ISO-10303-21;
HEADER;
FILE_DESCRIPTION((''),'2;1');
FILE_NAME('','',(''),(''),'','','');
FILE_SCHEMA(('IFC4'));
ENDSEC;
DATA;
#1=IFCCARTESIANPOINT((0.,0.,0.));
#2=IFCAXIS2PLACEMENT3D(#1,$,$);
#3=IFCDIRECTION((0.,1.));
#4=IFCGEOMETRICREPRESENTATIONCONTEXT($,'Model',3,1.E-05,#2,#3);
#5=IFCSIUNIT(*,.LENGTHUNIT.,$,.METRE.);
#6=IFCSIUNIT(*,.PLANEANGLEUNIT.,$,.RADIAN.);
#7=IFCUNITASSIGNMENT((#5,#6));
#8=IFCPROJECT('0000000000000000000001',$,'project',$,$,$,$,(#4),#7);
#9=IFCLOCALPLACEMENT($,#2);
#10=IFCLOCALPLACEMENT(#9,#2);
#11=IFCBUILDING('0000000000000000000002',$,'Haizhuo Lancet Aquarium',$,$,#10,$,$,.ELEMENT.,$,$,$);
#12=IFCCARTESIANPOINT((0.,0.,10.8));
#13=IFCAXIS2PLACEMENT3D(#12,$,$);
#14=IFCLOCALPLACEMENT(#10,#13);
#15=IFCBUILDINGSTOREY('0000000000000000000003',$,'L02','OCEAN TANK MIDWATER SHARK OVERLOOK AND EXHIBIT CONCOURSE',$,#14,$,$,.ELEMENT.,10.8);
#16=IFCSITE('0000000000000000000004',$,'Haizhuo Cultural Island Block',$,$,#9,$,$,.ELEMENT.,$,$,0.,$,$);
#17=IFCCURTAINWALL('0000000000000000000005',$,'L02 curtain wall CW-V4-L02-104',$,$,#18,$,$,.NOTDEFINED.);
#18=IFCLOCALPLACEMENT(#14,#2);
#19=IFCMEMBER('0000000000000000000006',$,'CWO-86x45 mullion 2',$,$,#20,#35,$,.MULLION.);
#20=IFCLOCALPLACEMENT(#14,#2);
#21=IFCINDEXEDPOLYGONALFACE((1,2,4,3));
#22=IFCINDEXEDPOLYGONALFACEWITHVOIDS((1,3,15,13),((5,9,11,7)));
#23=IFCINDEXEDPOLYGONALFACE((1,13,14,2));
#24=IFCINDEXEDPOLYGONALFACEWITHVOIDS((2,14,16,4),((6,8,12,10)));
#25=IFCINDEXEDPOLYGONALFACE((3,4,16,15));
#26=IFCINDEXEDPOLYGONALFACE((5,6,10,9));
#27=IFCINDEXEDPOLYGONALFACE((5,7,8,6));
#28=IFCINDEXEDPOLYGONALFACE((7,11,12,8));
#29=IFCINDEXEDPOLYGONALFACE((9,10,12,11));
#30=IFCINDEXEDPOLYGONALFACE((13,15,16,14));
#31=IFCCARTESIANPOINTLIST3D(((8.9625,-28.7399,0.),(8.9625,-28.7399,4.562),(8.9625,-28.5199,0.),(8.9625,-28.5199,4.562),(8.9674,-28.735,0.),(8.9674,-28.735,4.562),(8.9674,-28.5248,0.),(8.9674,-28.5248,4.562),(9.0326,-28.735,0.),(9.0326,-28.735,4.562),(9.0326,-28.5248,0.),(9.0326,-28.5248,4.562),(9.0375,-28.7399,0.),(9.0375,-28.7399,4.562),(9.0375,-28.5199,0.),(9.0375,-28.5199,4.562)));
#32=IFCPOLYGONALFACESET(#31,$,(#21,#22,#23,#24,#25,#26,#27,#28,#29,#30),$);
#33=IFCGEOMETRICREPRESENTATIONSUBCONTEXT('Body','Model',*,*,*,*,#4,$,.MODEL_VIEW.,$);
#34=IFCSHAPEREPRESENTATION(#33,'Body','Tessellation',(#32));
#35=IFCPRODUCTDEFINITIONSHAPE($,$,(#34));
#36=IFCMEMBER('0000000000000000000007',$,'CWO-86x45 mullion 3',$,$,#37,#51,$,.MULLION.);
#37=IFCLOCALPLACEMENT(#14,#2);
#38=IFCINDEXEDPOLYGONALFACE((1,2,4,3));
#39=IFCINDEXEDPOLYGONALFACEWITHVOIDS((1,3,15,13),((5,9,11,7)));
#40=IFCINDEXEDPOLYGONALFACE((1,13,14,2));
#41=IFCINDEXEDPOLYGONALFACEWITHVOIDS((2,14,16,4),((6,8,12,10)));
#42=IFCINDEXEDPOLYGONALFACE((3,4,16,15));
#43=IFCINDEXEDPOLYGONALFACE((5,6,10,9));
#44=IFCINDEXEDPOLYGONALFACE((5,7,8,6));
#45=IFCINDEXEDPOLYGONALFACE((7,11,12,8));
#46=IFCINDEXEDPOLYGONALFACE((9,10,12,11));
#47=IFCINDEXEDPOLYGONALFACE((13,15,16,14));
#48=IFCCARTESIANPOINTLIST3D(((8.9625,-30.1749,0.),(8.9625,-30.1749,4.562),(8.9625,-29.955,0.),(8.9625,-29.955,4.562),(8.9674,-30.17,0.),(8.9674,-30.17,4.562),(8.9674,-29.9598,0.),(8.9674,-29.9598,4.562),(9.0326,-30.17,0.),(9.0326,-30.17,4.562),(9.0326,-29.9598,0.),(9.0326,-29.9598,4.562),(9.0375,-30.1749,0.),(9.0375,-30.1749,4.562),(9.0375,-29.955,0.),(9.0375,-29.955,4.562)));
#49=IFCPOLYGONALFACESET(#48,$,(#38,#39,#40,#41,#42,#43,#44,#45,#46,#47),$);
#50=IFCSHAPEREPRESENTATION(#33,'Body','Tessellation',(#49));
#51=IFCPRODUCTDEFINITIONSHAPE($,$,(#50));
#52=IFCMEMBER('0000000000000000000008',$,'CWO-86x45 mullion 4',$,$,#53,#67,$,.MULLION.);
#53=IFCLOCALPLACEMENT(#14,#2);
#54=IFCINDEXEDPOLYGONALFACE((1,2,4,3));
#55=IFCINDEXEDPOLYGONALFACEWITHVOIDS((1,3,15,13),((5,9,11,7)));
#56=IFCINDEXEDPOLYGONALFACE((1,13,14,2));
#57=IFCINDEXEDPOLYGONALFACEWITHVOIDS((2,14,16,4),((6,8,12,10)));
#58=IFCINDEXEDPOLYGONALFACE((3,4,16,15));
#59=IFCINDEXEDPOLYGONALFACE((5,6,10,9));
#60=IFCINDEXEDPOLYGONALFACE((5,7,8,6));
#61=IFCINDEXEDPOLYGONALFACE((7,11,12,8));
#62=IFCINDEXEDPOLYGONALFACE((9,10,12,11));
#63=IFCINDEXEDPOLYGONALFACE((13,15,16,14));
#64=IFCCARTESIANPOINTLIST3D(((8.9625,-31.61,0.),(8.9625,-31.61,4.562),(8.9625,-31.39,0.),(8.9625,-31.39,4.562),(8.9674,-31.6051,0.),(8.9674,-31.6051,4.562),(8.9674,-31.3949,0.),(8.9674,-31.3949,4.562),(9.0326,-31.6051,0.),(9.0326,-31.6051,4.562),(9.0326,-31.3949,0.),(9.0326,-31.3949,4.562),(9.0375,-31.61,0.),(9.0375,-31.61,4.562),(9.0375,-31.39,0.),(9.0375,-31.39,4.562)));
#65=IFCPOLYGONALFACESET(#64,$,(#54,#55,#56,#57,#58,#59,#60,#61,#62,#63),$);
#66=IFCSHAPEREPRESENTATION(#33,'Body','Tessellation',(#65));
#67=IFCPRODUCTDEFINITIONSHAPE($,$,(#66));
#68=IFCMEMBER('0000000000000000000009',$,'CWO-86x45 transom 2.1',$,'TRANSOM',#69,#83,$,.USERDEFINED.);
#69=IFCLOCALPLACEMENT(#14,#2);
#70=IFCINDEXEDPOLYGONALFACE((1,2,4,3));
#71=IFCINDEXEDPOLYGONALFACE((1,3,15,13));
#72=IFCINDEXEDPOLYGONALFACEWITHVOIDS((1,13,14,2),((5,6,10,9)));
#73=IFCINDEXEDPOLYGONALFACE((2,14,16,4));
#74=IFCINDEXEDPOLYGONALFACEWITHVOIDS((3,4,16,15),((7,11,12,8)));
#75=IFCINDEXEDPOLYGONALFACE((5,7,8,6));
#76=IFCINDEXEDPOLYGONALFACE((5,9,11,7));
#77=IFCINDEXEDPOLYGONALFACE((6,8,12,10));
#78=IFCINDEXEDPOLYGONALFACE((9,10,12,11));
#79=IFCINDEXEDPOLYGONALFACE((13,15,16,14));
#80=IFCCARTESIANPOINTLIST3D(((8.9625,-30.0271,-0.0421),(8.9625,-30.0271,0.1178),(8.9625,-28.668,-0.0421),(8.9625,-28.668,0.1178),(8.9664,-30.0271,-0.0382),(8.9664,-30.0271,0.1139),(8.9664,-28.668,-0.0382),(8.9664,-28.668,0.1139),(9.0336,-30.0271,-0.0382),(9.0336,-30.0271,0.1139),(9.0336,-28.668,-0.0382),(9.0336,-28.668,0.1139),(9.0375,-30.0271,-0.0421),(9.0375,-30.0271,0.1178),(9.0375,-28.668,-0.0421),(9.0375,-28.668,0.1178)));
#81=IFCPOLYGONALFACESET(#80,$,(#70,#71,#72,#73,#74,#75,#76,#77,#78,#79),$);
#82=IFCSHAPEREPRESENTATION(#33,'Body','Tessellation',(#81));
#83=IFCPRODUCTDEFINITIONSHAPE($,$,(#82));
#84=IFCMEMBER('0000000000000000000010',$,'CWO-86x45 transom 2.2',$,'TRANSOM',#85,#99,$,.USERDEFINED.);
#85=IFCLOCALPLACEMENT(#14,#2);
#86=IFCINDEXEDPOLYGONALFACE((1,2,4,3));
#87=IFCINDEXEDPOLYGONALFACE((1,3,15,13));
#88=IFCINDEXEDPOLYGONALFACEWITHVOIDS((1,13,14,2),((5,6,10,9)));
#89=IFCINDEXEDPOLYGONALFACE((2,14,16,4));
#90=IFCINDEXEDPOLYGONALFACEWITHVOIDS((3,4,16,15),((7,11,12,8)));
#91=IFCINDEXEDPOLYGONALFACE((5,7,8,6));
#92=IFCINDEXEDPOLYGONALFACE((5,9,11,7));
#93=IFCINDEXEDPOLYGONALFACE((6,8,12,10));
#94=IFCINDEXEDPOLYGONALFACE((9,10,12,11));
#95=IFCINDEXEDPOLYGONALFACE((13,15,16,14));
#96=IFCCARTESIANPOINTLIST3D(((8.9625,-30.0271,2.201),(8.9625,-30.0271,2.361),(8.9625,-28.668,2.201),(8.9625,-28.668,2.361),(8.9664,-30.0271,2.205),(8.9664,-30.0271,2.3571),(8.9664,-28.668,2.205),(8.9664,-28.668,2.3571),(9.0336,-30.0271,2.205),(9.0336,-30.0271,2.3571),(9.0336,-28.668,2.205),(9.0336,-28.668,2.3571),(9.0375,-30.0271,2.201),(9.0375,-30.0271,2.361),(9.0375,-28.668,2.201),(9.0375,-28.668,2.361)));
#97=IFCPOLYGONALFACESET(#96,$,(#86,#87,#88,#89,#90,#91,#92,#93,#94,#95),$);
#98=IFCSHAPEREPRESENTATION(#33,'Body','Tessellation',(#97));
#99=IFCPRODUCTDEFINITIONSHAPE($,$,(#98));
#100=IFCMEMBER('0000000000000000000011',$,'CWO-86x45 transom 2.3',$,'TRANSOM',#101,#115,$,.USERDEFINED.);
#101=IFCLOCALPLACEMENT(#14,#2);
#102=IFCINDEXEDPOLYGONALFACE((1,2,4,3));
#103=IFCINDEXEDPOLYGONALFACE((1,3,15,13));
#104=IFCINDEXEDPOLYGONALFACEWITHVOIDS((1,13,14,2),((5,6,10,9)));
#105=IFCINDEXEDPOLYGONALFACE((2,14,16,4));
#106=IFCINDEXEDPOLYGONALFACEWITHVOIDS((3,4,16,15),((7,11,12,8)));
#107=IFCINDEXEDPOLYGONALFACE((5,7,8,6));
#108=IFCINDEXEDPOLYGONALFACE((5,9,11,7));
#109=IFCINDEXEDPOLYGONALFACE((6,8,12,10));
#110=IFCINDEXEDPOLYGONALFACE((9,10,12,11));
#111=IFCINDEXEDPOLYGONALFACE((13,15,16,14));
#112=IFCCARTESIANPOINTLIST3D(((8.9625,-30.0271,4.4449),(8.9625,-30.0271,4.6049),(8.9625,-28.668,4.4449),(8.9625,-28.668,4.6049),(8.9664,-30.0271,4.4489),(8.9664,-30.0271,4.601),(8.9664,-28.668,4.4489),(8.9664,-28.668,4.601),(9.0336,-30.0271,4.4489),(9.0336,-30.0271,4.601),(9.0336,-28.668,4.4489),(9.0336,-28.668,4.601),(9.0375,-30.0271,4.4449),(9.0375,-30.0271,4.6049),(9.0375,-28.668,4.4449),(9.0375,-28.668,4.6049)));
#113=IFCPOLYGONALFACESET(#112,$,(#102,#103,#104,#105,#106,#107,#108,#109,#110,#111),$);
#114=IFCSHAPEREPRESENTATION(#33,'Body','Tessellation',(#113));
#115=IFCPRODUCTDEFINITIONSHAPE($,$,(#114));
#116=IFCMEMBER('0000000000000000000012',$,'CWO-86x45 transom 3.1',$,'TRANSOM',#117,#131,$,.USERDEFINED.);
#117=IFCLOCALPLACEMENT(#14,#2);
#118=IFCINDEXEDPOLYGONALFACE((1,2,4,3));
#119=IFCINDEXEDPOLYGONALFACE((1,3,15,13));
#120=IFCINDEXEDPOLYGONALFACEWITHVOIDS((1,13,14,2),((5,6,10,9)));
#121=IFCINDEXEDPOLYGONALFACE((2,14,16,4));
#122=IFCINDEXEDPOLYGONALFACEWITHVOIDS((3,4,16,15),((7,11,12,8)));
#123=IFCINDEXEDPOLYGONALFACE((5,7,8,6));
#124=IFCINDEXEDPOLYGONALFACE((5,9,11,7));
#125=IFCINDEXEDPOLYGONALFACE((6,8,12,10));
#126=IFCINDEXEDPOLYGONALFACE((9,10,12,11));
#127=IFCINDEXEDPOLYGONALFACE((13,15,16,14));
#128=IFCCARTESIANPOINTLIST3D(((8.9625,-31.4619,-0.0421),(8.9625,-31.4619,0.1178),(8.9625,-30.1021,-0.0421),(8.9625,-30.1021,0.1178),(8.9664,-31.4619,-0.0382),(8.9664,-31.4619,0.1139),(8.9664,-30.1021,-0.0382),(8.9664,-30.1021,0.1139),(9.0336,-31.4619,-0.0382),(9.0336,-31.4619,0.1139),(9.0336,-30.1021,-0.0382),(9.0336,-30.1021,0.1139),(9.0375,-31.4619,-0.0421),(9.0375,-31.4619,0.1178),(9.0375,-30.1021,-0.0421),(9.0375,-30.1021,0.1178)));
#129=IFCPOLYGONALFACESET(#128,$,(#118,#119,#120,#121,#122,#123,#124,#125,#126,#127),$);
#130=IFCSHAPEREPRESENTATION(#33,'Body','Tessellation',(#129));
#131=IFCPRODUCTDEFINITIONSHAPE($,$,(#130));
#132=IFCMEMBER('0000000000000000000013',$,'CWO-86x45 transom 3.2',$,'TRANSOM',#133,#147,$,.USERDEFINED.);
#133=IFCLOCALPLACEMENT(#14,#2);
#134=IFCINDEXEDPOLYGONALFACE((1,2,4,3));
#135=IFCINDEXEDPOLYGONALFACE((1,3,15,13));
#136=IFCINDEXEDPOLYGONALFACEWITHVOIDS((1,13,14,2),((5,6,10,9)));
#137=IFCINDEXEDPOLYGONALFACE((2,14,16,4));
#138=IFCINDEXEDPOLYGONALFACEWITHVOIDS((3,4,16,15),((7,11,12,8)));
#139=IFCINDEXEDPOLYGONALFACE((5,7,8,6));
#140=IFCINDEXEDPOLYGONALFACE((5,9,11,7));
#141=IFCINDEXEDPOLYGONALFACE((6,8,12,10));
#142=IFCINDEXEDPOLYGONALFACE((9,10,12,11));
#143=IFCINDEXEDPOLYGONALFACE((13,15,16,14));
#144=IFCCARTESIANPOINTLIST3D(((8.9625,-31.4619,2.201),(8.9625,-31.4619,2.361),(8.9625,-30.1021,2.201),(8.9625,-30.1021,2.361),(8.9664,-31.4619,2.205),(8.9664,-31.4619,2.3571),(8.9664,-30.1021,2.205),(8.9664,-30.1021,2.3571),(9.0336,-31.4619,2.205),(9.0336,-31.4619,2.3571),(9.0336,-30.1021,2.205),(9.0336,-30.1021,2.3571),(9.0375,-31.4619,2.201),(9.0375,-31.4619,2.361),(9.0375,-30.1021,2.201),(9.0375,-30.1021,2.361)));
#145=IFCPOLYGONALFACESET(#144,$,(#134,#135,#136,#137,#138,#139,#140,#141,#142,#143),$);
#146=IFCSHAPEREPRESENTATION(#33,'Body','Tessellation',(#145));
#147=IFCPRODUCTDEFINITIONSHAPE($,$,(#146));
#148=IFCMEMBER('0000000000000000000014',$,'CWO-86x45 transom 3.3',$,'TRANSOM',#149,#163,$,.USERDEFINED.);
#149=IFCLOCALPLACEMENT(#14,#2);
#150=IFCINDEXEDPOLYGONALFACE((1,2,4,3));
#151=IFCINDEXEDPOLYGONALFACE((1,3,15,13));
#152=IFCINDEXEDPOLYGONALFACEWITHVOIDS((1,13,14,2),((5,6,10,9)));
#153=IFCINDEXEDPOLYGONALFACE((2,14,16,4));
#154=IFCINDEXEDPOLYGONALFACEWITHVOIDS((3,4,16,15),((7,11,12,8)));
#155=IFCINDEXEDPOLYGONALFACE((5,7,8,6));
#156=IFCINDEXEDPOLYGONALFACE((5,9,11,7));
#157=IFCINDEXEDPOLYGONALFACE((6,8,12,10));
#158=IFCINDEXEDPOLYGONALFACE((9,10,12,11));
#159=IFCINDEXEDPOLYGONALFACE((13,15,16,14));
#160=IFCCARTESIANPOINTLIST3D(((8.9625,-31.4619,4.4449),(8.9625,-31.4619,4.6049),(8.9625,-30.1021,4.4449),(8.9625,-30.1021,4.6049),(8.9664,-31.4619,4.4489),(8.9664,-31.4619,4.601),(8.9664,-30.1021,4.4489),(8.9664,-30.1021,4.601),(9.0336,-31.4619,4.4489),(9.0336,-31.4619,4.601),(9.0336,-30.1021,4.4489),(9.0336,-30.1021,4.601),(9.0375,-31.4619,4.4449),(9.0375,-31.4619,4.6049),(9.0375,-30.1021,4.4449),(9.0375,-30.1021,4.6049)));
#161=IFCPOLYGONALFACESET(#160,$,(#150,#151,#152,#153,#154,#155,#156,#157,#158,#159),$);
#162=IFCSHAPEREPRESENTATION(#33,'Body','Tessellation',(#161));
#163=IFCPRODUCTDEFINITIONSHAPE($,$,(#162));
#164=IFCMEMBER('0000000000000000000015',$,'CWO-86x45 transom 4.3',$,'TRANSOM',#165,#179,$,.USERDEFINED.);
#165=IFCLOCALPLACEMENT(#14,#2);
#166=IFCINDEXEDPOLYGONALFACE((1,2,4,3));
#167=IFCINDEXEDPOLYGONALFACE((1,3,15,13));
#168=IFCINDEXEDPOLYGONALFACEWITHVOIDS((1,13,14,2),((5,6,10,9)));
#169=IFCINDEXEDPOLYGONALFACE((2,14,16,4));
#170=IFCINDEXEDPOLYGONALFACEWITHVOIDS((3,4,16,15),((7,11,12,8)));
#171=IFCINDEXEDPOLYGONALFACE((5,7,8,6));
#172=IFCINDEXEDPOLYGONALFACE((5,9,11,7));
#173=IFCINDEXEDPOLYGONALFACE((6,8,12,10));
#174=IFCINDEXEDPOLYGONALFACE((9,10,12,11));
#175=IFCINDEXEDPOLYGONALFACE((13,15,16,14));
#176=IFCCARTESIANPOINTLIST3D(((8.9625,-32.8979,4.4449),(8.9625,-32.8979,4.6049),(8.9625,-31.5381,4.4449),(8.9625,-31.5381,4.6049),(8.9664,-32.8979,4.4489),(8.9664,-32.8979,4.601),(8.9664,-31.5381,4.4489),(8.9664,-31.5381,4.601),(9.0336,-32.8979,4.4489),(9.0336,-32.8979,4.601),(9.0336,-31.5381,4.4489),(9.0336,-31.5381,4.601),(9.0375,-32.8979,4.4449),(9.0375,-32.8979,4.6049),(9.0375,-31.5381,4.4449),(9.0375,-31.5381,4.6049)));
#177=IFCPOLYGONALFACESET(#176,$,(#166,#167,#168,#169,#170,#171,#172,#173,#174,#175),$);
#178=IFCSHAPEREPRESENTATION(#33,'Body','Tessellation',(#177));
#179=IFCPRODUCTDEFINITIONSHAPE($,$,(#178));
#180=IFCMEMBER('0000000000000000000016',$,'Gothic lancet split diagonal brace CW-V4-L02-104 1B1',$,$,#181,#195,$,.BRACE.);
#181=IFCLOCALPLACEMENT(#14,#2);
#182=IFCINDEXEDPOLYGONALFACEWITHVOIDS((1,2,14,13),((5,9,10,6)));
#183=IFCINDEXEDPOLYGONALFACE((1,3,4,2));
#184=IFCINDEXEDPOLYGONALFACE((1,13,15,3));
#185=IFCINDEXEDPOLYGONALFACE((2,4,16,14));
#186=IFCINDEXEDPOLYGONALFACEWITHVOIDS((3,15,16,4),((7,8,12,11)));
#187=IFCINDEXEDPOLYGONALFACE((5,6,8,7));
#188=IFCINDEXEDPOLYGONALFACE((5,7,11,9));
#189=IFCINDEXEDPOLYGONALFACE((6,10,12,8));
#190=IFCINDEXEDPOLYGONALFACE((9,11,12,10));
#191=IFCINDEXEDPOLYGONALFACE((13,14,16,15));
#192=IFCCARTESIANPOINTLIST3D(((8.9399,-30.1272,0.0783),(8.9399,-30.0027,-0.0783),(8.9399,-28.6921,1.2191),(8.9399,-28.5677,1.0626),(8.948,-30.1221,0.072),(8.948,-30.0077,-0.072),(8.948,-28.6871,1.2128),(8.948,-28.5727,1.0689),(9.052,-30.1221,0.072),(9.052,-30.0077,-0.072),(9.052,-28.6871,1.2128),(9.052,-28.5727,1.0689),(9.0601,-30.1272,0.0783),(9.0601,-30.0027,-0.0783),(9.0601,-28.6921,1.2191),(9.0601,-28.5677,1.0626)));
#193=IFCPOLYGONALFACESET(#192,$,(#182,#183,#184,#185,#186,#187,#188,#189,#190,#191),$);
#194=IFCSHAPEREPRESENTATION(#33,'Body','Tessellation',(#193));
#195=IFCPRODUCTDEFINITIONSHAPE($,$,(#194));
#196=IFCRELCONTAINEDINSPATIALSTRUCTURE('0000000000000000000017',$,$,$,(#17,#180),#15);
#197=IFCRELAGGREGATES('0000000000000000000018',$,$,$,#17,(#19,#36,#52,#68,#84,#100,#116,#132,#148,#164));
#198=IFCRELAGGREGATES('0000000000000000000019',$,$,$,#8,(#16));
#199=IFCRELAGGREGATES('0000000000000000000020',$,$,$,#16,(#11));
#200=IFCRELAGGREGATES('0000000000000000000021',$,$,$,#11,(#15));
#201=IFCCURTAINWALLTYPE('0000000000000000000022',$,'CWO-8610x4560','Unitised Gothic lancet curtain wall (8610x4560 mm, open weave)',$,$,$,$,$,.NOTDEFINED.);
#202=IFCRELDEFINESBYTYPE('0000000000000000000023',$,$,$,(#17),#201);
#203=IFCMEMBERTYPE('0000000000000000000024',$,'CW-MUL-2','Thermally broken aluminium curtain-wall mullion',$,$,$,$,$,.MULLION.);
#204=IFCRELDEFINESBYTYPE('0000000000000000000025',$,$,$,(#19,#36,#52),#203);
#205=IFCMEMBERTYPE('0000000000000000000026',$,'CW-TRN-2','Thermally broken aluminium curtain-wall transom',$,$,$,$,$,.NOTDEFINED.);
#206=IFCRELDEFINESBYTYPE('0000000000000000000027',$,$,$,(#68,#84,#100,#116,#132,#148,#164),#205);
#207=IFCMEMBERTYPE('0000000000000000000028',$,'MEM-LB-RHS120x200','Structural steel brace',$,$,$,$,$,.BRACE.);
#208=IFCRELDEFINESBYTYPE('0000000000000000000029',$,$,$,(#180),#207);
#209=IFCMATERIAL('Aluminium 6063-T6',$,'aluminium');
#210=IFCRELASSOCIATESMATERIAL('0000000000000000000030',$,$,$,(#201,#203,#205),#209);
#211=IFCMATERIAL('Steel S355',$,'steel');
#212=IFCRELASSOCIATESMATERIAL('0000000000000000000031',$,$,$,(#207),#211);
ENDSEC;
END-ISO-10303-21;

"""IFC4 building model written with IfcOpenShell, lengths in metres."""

from ifc_helpers import new_model, si_unit, direction, frame, origin, origin_2d, place, context, subcontext, project, spatial, hollow_rectangle, extrude, material, material_profile, profile_set, type_object, element, aggregate, save


model = new_model("IFC4")

# Units and contexts
model_context = context("Model", 3, precision=1e-05, world=origin(), true_north=direction((0.0, 1.0)))
body_context = subcontext(model_context, "Body", "Model", "MODEL_VIEW")
ifc_project = project(units=[si_unit("LENGTHUNIT", "METRE"), si_unit("PLANEANGLEUNIT", "RADIAN")], contexts=[model_context])

# Site, building, storey
site_placement = place(None, origin())
site = spatial("IfcSite", under=ifc_project, at=site_placement, Name="Haizhuo Cultural Island Block", CompositionType="ELEMENT", RefElevation=0.0)
building_placement = place(site_placement, origin())
building = spatial("IfcBuilding", under=site, at=building_placement, Name="Haizhuo Lancet Aquarium", CompositionType="ELEMENT")
storey_placement = place(building_placement, frame((0.0, 0.0, 10.8)))
storey = spatial("IfcBuildingStorey", under=building, at=storey_placement, Name="L02", Description="OCEAN TANK MIDWATER SHARK OVERLOOK AND EXHIBIT CONCOURSE", CompositionType="ELEMENT", Elevation=10.8)

# Curtain wall, members
ifc_material_1 = material(Name="Aluminium 6063-T6", Category="aluminium")
curtain_wall_type = type_object("IfcCurtainWallType", Name="CWO-8610x4560", Description="Unitised Gothic lancet curtain wall (8610x4560 mm, open weave)", PredefinedType="NOTDEFINED", material=ifc_material_1)
curtain_wall_placement = place(storey_placement, origin())
curtain_wall = element("IfcCurtainWall", 1, at=curtain_wall_placement, inside=storey, type_object=curtain_wall_type, Name="L02 curtain wall CW-V4-L02-104", PredefinedType="NOTDEFINED")
ifc_material_profile_1 = material_profile(ifc_material_1, hollow_rectangle(XDim=0.075, YDim=0.22, WallThickness=0.0049, at=origin_2d()), Name="ALU-M 75x220x5")
ifc_profile_set_1 = profile_set([ifc_material_profile_1], Name="Aluminium 6063-T6")
member_type_1 = type_object("IfcMemberType", Name="CW-MUL-2", Description="Thermally broken aluminium curtain-wall mullion", PredefinedType="MULLION", material=ifc_profile_set_1)
member_1_placement = place(storey_placement, frame((9.0, -28.6299, 0.0), z_axis=(0.0, 0.0, 1.0), x_axis=(1.0, 0.0, 0.0)))
member_1 = element("IfcMember", 2, at=member_1_placement, type_object=member_type_1, Name="CWO-86x45 mullion 2", PredefinedType="MULLION", context=body_context, shape_type="SweptSolid", body=[
    extrude(hollow_rectangle(XDim=0.075, YDim=0.22, WallThickness=0.0049, at=origin_2d()), origin(), (0.0, 0.0, 1.0), 4.562),
])
member_2_placement = place(storey_placement, frame((9.0, -30.0649, 0.0), z_axis=(0.0, 0.0, 1.0), x_axis=(1.0, 0.0, 0.0)))
member_2 = element("IfcMember", 3, at=member_2_placement, type_object=member_type_1, Name="CWO-86x45 mullion 3", PredefinedType="MULLION", context=body_context, shape_type="SweptSolid", body=[
    extrude(hollow_rectangle(XDim=0.075, YDim=0.22, WallThickness=0.0049, at=origin_2d()), origin(), (0.0, 0.0, 1.0), 4.562),
])
member_3_placement = place(storey_placement, frame((9.0, -31.5, 0.0), z_axis=(0.0, 0.0, 1.0), x_axis=(1.0, 0.0, 0.0)))
member_3 = element("IfcMember", 4, at=member_3_placement, type_object=member_type_1, Name="CWO-86x45 mullion 4", PredefinedType="MULLION", context=body_context, shape_type="SweptSolid", body=[
    extrude(hollow_rectangle(XDim=0.075, YDim=0.22, WallThickness=0.0049, at=origin_2d()), origin(), (0.0, 0.0, 1.0), 4.562),
])
ifc_material_profile_2 = material_profile(ifc_material_1, hollow_rectangle(XDim=0.075, YDim=0.1599, WallThickness=0.0039, at=origin_2d()), Name="ALU-T 75x160x4")
ifc_profile_set_2 = profile_set([ifc_material_profile_2], Name="Aluminium 6063-T6")
member_type_2 = type_object("IfcMemberType", Name="CW-TRN-2", Description="Thermally broken aluminium curtain-wall transom", PredefinedType="NOTDEFINED", material=ifc_profile_set_2)
member_4_placement = place(storey_placement, frame((9.0, -28.668, 0.0378), z_axis=(0.0, -1.0, 0.0), x_axis=(1.0, 0.0, 0.0)))
member_4 = element("IfcMember", 5, at=member_4_placement, type_object=member_type_2, Name="CWO-86x45 transom 2.1", ObjectType="TRANSOM", PredefinedType="USERDEFINED", context=body_context, shape_type="SweptSolid", body=[
    extrude(hollow_rectangle(XDim=0.075, YDim=0.1599, WallThickness=0.0039, at=origin_2d()), origin(), (0.0, 0.0, 1.0), 1.3591),
])
member_5_placement = place(storey_placement, frame((9.0, -28.668, 2.281), z_axis=(0.0, -1.0, 0.0), x_axis=(1.0, 0.0, 0.0)))
member_5 = element("IfcMember", 6, at=member_5_placement, type_object=member_type_2, Name="CWO-86x45 transom 2.2", ObjectType="TRANSOM", PredefinedType="USERDEFINED", context=body_context, shape_type="SweptSolid", body=[
    extrude(hollow_rectangle(XDim=0.075, YDim=0.1599, WallThickness=0.0039, at=origin_2d()), origin(), (0.0, 0.0, 1.0), 1.3591),
])
member_6_placement = place(storey_placement, frame((9.0, -28.668, 4.5249), z_axis=(0.0, -1.0, 0.0), x_axis=(1.0, 0.0, 0.0)))
member_6 = element("IfcMember", 7, at=member_6_placement, type_object=member_type_2, Name="CWO-86x45 transom 2.3", ObjectType="TRANSOM", PredefinedType="USERDEFINED", context=body_context, shape_type="SweptSolid", body=[
    extrude(hollow_rectangle(XDim=0.075, YDim=0.1599, WallThickness=0.0039, at=origin_2d()), origin(), (0.0, 0.0, 1.0), 1.3591),
])
member_7_placement = place(storey_placement, frame((9.0, -30.1021, 0.0378), z_axis=(0.0, -1.0, 0.0), x_axis=(1.0, 0.0, 0.0)))
member_7 = element("IfcMember", 8, at=member_7_placement, type_object=member_type_2, Name="CWO-86x45 transom 3.1", ObjectType="TRANSOM", PredefinedType="USERDEFINED", context=body_context, shape_type="SweptSolid", body=[
    extrude(hollow_rectangle(XDim=0.075, YDim=0.1599, WallThickness=0.0039, at=origin_2d()), origin(), (0.0, 0.0, 1.0), 1.3599),
])
member_8_placement = place(storey_placement, frame((9.0, -30.1021, 2.281), z_axis=(0.0, -1.0, 0.0), x_axis=(1.0, 0.0, 0.0)))
member_8 = element("IfcMember", 9, at=member_8_placement, type_object=member_type_2, Name="CWO-86x45 transom 3.2", ObjectType="TRANSOM", PredefinedType="USERDEFINED", context=body_context, shape_type="SweptSolid", body=[
    extrude(hollow_rectangle(XDim=0.075, YDim=0.1599, WallThickness=0.0039, at=origin_2d()), origin(), (0.0, 0.0, 1.0), 1.3599),
])
member_9_placement = place(storey_placement, frame((9.0, -30.1021, 4.5249), z_axis=(0.0, -1.0, 0.0), x_axis=(1.0, 0.0, 0.0)))
member_9 = element("IfcMember", 10, at=member_9_placement, type_object=member_type_2, Name="CWO-86x45 transom 3.3", ObjectType="TRANSOM", PredefinedType="USERDEFINED", context=body_context, shape_type="SweptSolid", body=[
    extrude(hollow_rectangle(XDim=0.075, YDim=0.1599, WallThickness=0.0039, at=origin_2d()), origin(), (0.0, 0.0, 1.0), 1.3599),
])
member_10_placement = place(storey_placement, frame((9.0, -31.5381, 4.5249), z_axis=(0.0, -1.0, 0.0), x_axis=(1.0, 0.0, 0.0)))
member_10 = element("IfcMember", 11, at=member_10_placement, type_object=member_type_2, Name="CWO-86x45 transom 4.3", ObjectType="TRANSOM", PredefinedType="USERDEFINED", context=body_context, shape_type="SweptSolid", body=[
    extrude(hollow_rectangle(XDim=0.075, YDim=0.1599, WallThickness=0.0039, at=origin_2d()), origin(), (0.0, 0.0, 1.0), 1.3599),
])

# Member
ifc_material_2 = material(Name="Steel S355", Category="steel")
ifc_material_profile_3 = material_profile(ifc_material_2, hollow_rectangle(XDim=0.1201, YDim=0.2, WallThickness=0.0081, at=origin_2d()), Name="RHS 120x200x8")
ifc_profile_set_3 = profile_set([ifc_material_profile_3], Name="Steel S355")
member_type_3 = type_object("IfcMemberType", Name="MEM-LB-RHS120x200", Description="Structural steel brace", PredefinedType="BRACE", material=ifc_profile_set_3)
member_11_placement = place(storey_placement, frame((9.0, -30.0649, 0.0), z_axis=(0.0, 0.782775, 0.622305), x_axis=(-1.0, 0.0, 0.0)))
element("IfcMember", 12, at=member_11_placement, inside=storey, type_object=member_type_3, Name="Gothic lancet split diagonal brace CW-V4-L02-104 1B1", PredefinedType="BRACE", context=body_context, shape_type="SweptSolid", body=[
    extrude(hollow_rectangle(XDim=0.1201, YDim=0.2, WallThickness=0.0081, at=origin_2d()), origin(), (0.0, 0.0, 1.0), 1.8333),
])

aggregate(curtain_wall, [member_1, member_2, member_3, member_4, member_5, member_6, member_7, member_8, member_9, member_10])

save(model, "model.ifc")
